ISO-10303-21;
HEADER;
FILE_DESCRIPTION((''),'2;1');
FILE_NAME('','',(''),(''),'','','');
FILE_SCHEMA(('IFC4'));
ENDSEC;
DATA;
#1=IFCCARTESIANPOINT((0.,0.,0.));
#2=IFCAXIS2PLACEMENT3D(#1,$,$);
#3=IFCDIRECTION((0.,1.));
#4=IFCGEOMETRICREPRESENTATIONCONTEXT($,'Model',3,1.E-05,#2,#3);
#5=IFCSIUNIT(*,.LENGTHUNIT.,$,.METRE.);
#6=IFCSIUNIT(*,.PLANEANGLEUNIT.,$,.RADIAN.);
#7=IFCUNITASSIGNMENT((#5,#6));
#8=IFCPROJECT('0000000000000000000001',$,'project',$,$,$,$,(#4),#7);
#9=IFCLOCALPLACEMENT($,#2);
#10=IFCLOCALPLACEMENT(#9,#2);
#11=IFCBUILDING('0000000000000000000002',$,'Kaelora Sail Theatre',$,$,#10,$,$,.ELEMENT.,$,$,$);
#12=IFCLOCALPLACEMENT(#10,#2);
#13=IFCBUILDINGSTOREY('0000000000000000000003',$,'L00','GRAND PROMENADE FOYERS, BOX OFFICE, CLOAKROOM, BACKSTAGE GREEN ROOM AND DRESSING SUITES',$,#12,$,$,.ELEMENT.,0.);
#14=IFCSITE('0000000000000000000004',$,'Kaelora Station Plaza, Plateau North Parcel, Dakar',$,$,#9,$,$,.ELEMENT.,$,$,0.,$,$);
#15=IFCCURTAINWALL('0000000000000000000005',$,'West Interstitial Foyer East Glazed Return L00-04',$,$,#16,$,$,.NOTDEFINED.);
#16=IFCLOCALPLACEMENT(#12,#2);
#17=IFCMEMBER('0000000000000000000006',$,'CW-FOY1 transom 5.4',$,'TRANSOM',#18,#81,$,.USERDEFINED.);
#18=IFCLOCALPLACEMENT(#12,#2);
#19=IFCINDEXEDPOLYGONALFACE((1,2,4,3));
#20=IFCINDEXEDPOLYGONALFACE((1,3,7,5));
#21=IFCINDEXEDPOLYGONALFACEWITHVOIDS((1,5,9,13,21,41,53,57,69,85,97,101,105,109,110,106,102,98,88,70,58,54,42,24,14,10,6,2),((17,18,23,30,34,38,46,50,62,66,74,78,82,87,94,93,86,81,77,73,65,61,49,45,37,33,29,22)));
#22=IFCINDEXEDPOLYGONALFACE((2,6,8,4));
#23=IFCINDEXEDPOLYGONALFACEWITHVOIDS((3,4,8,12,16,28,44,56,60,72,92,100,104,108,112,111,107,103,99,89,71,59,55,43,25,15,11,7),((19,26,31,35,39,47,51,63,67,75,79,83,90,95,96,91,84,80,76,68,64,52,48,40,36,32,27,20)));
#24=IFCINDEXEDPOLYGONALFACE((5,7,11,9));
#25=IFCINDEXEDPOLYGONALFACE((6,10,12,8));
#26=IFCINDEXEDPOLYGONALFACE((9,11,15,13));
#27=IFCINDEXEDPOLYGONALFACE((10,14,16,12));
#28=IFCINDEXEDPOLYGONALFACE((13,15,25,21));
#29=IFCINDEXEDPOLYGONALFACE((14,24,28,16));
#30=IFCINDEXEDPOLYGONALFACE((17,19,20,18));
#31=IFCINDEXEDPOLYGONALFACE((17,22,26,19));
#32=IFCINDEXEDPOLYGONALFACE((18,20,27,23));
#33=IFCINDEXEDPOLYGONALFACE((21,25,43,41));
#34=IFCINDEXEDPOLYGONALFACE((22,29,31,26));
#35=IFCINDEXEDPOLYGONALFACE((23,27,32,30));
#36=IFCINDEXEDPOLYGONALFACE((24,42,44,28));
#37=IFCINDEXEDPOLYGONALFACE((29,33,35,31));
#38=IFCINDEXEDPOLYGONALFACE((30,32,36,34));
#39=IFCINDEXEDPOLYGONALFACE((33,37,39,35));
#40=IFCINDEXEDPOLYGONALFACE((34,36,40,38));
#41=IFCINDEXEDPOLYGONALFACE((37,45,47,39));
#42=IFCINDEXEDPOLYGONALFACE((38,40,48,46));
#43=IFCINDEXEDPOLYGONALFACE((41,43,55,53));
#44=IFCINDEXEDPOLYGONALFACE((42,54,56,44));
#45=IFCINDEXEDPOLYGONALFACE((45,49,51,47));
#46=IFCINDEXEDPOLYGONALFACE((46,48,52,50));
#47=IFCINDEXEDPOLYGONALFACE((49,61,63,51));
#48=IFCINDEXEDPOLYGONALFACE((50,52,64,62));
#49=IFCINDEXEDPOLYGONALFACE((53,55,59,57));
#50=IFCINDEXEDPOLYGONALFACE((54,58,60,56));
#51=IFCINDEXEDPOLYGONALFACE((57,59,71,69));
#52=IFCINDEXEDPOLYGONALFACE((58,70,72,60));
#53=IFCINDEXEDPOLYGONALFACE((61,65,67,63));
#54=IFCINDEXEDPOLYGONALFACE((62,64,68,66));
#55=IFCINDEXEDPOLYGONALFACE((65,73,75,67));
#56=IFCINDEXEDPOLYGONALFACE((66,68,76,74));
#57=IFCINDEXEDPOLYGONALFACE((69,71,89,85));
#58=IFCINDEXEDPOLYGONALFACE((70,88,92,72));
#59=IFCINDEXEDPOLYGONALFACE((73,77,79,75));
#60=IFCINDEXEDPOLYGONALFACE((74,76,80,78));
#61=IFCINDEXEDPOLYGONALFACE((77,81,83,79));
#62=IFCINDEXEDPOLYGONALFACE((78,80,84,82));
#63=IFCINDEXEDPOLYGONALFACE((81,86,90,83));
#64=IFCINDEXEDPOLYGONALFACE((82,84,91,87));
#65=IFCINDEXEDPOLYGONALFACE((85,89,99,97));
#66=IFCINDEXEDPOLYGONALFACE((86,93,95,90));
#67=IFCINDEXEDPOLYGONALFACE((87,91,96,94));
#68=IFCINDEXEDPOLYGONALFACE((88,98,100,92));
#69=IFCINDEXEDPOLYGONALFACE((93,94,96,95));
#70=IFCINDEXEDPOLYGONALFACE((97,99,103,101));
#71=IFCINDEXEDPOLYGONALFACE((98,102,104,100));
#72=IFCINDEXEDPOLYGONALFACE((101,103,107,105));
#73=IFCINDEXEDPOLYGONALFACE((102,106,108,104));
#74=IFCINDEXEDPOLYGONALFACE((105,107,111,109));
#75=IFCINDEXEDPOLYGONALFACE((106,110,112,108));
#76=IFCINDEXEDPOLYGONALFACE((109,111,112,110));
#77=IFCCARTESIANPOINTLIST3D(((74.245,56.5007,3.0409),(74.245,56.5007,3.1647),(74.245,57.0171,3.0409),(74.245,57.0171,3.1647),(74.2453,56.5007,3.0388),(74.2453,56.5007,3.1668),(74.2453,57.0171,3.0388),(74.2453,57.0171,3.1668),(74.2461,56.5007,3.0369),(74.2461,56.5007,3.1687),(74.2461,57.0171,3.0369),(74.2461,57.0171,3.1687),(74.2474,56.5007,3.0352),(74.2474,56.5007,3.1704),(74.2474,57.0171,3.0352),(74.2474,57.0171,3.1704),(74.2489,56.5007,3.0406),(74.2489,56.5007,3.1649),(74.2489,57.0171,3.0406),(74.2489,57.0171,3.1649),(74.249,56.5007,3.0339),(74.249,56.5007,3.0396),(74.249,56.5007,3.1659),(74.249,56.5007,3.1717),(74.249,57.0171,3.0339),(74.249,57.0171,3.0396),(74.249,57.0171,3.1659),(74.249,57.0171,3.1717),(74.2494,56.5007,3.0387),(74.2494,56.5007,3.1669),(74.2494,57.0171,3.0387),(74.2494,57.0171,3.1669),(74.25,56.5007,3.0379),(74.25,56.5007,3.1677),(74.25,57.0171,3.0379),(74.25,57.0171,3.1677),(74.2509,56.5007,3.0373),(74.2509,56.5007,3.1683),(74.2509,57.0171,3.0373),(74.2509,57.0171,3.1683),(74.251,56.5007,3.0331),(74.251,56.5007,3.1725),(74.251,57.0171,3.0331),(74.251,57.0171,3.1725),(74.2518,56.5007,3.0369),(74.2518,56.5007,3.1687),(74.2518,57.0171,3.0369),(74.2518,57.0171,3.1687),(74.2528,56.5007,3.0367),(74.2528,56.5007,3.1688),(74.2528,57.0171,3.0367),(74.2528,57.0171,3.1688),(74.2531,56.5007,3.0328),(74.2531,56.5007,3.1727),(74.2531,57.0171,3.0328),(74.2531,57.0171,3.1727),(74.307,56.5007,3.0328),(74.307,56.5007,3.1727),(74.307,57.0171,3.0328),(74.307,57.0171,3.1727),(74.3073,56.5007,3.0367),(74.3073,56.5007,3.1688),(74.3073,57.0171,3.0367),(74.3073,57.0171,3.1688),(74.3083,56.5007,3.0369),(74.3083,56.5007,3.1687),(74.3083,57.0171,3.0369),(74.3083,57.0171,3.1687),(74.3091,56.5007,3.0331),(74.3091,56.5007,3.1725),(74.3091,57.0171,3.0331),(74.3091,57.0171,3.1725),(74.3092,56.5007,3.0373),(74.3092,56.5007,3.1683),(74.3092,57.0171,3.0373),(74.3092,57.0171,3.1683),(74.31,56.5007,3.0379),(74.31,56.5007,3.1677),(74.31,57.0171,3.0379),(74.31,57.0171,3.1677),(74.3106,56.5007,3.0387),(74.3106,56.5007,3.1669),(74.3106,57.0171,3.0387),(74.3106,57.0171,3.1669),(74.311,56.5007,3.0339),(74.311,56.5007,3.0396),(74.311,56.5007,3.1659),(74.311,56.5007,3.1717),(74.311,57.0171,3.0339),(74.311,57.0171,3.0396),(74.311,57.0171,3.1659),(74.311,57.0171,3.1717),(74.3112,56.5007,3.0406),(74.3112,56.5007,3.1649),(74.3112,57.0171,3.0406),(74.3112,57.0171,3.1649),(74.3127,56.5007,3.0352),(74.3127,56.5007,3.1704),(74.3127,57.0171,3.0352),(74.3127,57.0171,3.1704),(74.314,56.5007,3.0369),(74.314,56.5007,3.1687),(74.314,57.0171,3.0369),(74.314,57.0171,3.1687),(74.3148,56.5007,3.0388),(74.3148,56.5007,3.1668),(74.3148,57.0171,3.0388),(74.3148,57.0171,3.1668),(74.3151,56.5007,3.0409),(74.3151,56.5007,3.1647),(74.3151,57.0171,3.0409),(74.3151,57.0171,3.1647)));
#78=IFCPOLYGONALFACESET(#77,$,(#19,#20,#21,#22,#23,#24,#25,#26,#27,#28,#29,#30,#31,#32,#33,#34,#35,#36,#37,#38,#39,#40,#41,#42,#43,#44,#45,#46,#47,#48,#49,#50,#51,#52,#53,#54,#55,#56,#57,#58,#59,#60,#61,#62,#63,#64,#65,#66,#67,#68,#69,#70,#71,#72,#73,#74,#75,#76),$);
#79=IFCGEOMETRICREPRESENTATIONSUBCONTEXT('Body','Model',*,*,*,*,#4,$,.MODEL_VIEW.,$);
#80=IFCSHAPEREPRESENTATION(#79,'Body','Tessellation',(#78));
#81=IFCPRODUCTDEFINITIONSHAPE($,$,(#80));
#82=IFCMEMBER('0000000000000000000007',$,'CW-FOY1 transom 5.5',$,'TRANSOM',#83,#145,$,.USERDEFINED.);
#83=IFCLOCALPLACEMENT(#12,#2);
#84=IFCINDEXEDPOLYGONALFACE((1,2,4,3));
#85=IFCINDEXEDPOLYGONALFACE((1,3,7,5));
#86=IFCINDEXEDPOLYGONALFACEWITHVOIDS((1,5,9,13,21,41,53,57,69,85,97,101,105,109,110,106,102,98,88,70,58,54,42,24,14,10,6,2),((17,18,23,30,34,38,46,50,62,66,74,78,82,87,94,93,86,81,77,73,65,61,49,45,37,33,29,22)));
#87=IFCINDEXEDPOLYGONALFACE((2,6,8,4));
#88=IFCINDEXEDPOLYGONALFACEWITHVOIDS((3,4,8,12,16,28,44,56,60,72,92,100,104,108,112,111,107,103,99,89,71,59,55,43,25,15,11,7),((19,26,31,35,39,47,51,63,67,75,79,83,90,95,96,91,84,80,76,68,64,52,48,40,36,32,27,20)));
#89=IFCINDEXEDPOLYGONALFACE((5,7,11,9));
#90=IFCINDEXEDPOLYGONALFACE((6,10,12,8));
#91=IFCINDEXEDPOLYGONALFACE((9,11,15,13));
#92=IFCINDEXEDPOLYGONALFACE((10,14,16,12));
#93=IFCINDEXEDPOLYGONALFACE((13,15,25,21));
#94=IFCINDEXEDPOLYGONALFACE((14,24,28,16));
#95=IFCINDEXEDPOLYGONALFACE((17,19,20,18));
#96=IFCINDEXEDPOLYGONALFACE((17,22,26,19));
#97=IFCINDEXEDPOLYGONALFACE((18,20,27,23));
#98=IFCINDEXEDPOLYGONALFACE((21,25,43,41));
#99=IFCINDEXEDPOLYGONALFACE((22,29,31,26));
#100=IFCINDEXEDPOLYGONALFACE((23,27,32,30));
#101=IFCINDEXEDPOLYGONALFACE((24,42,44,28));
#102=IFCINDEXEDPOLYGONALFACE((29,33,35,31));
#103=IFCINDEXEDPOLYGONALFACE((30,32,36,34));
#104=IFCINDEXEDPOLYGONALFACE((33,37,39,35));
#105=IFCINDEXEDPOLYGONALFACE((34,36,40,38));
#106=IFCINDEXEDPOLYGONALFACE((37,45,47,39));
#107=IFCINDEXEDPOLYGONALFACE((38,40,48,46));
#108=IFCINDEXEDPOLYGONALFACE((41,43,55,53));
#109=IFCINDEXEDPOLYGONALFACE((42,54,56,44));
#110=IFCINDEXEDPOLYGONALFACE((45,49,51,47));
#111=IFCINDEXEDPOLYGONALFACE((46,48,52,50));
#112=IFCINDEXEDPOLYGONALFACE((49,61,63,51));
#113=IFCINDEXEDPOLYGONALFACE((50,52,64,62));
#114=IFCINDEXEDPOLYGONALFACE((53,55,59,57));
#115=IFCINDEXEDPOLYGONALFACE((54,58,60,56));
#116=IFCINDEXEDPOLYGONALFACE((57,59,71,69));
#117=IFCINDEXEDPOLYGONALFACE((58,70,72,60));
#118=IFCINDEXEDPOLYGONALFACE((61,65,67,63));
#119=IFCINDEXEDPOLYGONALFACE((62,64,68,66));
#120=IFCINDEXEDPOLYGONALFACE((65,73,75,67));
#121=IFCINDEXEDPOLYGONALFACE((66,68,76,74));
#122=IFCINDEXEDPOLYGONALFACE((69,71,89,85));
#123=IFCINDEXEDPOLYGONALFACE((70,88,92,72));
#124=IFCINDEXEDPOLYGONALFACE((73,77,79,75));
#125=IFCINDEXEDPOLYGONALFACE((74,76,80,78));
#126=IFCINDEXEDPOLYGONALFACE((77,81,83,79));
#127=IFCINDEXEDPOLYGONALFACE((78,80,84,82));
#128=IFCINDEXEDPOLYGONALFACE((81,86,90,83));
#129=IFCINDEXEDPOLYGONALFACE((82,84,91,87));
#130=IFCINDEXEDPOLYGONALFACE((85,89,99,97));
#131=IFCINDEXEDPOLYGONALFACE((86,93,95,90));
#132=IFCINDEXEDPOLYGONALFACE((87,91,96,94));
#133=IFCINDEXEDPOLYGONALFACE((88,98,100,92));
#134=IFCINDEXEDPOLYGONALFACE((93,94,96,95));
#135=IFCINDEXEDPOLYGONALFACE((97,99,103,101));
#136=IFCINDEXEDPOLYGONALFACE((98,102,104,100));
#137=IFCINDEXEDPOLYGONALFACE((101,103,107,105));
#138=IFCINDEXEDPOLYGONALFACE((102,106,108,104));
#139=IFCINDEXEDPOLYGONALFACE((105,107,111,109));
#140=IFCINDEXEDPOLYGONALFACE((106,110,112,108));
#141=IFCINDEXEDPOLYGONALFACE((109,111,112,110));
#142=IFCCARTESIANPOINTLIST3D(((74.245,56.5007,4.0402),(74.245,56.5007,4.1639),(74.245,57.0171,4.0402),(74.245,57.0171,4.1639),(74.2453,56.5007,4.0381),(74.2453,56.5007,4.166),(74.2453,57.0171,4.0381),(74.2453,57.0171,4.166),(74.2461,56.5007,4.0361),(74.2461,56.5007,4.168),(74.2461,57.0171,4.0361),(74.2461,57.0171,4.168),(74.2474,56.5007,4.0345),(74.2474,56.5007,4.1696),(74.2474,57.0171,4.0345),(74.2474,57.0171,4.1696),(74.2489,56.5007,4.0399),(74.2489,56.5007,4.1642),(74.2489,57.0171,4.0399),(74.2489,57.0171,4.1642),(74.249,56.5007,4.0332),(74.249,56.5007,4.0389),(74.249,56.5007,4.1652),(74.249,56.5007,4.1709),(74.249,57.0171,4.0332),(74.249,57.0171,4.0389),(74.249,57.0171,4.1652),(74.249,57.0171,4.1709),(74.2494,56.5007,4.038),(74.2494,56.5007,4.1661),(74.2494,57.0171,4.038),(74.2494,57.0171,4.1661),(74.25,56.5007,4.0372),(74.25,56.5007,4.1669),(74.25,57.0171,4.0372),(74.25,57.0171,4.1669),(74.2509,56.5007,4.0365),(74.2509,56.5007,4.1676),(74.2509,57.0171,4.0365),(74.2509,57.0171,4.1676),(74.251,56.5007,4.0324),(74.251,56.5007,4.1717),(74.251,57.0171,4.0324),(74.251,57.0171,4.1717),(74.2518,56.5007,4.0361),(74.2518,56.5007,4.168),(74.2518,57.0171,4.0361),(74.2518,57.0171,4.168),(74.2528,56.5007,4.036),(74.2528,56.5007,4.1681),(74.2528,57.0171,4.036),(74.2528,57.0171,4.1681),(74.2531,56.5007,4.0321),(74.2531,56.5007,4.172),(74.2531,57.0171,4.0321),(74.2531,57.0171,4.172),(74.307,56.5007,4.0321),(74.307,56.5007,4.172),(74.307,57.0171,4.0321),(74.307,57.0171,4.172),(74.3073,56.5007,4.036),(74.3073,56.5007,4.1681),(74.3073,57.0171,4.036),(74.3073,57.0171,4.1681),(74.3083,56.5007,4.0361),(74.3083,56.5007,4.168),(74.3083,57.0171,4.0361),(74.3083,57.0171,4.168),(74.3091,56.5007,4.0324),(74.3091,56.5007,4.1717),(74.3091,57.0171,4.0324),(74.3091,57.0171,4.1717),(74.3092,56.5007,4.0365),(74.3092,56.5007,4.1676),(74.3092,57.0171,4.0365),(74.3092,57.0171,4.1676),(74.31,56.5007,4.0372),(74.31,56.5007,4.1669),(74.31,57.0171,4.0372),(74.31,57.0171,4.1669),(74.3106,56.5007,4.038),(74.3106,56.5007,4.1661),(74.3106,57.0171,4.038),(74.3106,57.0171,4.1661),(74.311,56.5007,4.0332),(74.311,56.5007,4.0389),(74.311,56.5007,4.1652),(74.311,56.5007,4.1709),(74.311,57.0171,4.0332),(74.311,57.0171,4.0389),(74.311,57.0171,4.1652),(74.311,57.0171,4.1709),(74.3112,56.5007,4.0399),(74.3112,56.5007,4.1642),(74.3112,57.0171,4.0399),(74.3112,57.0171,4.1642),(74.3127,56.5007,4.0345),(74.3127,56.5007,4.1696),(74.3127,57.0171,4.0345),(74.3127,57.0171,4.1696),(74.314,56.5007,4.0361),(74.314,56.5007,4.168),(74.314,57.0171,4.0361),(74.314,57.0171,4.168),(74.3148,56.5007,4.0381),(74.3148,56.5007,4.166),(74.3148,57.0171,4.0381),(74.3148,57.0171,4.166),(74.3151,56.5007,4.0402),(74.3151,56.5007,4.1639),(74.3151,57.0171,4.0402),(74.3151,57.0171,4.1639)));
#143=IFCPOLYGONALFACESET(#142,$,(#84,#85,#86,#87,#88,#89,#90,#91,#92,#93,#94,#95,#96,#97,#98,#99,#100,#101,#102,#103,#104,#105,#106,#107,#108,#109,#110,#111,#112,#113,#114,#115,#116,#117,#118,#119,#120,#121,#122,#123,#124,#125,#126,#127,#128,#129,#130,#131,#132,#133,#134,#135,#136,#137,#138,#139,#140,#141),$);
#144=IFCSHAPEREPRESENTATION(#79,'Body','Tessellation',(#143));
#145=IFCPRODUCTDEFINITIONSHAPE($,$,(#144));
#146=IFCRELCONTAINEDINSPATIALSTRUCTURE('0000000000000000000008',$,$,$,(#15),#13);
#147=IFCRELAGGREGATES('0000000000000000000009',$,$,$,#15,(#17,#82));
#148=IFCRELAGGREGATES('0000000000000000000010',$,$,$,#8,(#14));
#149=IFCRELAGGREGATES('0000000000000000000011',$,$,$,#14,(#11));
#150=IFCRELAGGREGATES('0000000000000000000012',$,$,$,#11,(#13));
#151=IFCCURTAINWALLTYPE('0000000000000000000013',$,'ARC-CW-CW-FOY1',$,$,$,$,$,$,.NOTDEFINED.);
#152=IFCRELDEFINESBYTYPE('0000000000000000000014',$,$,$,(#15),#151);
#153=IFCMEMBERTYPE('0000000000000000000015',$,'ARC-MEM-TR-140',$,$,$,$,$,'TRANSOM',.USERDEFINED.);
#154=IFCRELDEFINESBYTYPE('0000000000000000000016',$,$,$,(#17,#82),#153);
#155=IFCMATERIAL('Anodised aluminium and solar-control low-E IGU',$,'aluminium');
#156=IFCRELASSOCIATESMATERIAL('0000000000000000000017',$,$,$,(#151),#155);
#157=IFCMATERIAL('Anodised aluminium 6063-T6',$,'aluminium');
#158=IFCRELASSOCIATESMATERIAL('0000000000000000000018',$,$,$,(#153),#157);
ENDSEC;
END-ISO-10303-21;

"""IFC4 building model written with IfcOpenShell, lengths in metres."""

from ifc_helpers import new_model, si_unit, direction, frame, origin, origin_2d, place, context, subcontext, project, spatial, hollow_rectangle, extrude, material, material_profile, profile_set, type_object, element, aggregate, save


model = new_model("IFC4")

# Units and contexts
model_context = context("Model", 3, precision=1e-05, world=origin(), true_north=direction((0.0, 1.0)))
body_context = subcontext(model_context, "Body", "Model", "MODEL_VIEW")
ifc_project = project(units=[si_unit("LENGTHUNIT", "METRE"), si_unit("PLANEANGLEUNIT", "RADIAN")], contexts=[model_context])

# Site, building, storey
site_placement = place(None, origin())
site = spatial("IfcSite", under=ifc_project, at=site_placement, Name="Kaelora Station Plaza, Plateau North Parcel, Dakar", CompositionType="ELEMENT", RefElevation=0.0)
building_placement = place(site_placement, origin())
building = spatial("IfcBuilding", under=site, at=building_placement, Name="Kaelora Sail Theatre", CompositionType="ELEMENT")
storey_placement = place(building_placement, origin())
storey = spatial("IfcBuildingStorey", under=building, at=storey_placement, Name="L00", Description="GRAND PROMENADE FOYERS, BOX OFFICE, CLOAKROOM, BACKSTAGE GREEN ROOM AND DRESSING SUITES", CompositionType="ELEMENT", Elevation=0.0)

# Curtain wall
ifc_material_1 = material(Name="Anodised aluminium and solar-control low-E IGU", Category="aluminium")
curtain_wall_type = type_object("IfcCurtainWallType", Name="ARC-CW-CW-FOY1", PredefinedType="NOTDEFINED", material=ifc_material_1)
curtain_wall_placement = place(storey_placement, origin())
curtain_wall = element("IfcCurtainWall", 1, at=curtain_wall_placement, inside=storey, type_object=curtain_wall_type, Name="West Interstitial Foyer East Glazed Return L00-04", PredefinedType="NOTDEFINED")

# Members
ifc_material_2 = material(Name="Anodised aluminium 6063-T6", Category="aluminium")
ifc_material_profile_1 = material_profile(ifc_material_2, hollow_rectangle(XDim=0.0701, YDim=0.1399, WallThickness=0.0039, InnerFilletRadius=0.0039, OuterFilletRadius=0.0081, at=origin_2d()), Name="ALU-TRAN 70x140x4")
ifc_profile_set_1 = profile_set([ifc_material_profile_1], Name="Anodised aluminium 6063-T6")
member_type_1 = type_object("IfcMemberType", Name="ARC-MEM-TR-140", ElementType="TRANSOM", PredefinedType="USERDEFINED", material=ifc_profile_set_1)
member_1_placement = place(storey_placement, frame((74.28, 56.5007, 3.1028), z_axis=(0.0, 1.0, 0.0), x_axis=(-1.0, 0.0, 0.0)))
member_1 = element("IfcMember", 2, at=member_1_placement, type_object=member_type_1, Name="CW-FOY1 transom 5.4", ObjectType="TRANSOM", PredefinedType="USERDEFINED", context=body_context, shape_type="SweptSolid", body=[
    extrude(hollow_rectangle(XDim=0.0701, YDim=0.1399, WallThickness=0.0039, InnerFilletRadius=0.0039, OuterFilletRadius=0.0081, at=origin_2d()), origin(), (0.0, 0.0, 1.0), 0.5164),
])
member_2_placement = place(storey_placement, frame((74.28, 56.5007, 4.1021), z_axis=(0.0, 1.0, 0.0), x_axis=(-1.0, 0.0, 0.0)))
member_2 = element("IfcMember", 3, at=member_2_placement, type_object=member_type_1, Name="CW-FOY1 transom 5.5", ObjectType="TRANSOM", PredefinedType="USERDEFINED", context=body_context, shape_type="SweptSolid", body=[
    extrude(hollow_rectangle(XDim=0.0701, YDim=0.1399, WallThickness=0.0039, InnerFilletRadius=0.0039, OuterFilletRadius=0.0081, at=origin_2d()), origin(), (0.0, 0.0, 1.0), 0.5164),
])

aggregate(curtain_wall, [member_1, member_2])

save(model, "model.ifc")
